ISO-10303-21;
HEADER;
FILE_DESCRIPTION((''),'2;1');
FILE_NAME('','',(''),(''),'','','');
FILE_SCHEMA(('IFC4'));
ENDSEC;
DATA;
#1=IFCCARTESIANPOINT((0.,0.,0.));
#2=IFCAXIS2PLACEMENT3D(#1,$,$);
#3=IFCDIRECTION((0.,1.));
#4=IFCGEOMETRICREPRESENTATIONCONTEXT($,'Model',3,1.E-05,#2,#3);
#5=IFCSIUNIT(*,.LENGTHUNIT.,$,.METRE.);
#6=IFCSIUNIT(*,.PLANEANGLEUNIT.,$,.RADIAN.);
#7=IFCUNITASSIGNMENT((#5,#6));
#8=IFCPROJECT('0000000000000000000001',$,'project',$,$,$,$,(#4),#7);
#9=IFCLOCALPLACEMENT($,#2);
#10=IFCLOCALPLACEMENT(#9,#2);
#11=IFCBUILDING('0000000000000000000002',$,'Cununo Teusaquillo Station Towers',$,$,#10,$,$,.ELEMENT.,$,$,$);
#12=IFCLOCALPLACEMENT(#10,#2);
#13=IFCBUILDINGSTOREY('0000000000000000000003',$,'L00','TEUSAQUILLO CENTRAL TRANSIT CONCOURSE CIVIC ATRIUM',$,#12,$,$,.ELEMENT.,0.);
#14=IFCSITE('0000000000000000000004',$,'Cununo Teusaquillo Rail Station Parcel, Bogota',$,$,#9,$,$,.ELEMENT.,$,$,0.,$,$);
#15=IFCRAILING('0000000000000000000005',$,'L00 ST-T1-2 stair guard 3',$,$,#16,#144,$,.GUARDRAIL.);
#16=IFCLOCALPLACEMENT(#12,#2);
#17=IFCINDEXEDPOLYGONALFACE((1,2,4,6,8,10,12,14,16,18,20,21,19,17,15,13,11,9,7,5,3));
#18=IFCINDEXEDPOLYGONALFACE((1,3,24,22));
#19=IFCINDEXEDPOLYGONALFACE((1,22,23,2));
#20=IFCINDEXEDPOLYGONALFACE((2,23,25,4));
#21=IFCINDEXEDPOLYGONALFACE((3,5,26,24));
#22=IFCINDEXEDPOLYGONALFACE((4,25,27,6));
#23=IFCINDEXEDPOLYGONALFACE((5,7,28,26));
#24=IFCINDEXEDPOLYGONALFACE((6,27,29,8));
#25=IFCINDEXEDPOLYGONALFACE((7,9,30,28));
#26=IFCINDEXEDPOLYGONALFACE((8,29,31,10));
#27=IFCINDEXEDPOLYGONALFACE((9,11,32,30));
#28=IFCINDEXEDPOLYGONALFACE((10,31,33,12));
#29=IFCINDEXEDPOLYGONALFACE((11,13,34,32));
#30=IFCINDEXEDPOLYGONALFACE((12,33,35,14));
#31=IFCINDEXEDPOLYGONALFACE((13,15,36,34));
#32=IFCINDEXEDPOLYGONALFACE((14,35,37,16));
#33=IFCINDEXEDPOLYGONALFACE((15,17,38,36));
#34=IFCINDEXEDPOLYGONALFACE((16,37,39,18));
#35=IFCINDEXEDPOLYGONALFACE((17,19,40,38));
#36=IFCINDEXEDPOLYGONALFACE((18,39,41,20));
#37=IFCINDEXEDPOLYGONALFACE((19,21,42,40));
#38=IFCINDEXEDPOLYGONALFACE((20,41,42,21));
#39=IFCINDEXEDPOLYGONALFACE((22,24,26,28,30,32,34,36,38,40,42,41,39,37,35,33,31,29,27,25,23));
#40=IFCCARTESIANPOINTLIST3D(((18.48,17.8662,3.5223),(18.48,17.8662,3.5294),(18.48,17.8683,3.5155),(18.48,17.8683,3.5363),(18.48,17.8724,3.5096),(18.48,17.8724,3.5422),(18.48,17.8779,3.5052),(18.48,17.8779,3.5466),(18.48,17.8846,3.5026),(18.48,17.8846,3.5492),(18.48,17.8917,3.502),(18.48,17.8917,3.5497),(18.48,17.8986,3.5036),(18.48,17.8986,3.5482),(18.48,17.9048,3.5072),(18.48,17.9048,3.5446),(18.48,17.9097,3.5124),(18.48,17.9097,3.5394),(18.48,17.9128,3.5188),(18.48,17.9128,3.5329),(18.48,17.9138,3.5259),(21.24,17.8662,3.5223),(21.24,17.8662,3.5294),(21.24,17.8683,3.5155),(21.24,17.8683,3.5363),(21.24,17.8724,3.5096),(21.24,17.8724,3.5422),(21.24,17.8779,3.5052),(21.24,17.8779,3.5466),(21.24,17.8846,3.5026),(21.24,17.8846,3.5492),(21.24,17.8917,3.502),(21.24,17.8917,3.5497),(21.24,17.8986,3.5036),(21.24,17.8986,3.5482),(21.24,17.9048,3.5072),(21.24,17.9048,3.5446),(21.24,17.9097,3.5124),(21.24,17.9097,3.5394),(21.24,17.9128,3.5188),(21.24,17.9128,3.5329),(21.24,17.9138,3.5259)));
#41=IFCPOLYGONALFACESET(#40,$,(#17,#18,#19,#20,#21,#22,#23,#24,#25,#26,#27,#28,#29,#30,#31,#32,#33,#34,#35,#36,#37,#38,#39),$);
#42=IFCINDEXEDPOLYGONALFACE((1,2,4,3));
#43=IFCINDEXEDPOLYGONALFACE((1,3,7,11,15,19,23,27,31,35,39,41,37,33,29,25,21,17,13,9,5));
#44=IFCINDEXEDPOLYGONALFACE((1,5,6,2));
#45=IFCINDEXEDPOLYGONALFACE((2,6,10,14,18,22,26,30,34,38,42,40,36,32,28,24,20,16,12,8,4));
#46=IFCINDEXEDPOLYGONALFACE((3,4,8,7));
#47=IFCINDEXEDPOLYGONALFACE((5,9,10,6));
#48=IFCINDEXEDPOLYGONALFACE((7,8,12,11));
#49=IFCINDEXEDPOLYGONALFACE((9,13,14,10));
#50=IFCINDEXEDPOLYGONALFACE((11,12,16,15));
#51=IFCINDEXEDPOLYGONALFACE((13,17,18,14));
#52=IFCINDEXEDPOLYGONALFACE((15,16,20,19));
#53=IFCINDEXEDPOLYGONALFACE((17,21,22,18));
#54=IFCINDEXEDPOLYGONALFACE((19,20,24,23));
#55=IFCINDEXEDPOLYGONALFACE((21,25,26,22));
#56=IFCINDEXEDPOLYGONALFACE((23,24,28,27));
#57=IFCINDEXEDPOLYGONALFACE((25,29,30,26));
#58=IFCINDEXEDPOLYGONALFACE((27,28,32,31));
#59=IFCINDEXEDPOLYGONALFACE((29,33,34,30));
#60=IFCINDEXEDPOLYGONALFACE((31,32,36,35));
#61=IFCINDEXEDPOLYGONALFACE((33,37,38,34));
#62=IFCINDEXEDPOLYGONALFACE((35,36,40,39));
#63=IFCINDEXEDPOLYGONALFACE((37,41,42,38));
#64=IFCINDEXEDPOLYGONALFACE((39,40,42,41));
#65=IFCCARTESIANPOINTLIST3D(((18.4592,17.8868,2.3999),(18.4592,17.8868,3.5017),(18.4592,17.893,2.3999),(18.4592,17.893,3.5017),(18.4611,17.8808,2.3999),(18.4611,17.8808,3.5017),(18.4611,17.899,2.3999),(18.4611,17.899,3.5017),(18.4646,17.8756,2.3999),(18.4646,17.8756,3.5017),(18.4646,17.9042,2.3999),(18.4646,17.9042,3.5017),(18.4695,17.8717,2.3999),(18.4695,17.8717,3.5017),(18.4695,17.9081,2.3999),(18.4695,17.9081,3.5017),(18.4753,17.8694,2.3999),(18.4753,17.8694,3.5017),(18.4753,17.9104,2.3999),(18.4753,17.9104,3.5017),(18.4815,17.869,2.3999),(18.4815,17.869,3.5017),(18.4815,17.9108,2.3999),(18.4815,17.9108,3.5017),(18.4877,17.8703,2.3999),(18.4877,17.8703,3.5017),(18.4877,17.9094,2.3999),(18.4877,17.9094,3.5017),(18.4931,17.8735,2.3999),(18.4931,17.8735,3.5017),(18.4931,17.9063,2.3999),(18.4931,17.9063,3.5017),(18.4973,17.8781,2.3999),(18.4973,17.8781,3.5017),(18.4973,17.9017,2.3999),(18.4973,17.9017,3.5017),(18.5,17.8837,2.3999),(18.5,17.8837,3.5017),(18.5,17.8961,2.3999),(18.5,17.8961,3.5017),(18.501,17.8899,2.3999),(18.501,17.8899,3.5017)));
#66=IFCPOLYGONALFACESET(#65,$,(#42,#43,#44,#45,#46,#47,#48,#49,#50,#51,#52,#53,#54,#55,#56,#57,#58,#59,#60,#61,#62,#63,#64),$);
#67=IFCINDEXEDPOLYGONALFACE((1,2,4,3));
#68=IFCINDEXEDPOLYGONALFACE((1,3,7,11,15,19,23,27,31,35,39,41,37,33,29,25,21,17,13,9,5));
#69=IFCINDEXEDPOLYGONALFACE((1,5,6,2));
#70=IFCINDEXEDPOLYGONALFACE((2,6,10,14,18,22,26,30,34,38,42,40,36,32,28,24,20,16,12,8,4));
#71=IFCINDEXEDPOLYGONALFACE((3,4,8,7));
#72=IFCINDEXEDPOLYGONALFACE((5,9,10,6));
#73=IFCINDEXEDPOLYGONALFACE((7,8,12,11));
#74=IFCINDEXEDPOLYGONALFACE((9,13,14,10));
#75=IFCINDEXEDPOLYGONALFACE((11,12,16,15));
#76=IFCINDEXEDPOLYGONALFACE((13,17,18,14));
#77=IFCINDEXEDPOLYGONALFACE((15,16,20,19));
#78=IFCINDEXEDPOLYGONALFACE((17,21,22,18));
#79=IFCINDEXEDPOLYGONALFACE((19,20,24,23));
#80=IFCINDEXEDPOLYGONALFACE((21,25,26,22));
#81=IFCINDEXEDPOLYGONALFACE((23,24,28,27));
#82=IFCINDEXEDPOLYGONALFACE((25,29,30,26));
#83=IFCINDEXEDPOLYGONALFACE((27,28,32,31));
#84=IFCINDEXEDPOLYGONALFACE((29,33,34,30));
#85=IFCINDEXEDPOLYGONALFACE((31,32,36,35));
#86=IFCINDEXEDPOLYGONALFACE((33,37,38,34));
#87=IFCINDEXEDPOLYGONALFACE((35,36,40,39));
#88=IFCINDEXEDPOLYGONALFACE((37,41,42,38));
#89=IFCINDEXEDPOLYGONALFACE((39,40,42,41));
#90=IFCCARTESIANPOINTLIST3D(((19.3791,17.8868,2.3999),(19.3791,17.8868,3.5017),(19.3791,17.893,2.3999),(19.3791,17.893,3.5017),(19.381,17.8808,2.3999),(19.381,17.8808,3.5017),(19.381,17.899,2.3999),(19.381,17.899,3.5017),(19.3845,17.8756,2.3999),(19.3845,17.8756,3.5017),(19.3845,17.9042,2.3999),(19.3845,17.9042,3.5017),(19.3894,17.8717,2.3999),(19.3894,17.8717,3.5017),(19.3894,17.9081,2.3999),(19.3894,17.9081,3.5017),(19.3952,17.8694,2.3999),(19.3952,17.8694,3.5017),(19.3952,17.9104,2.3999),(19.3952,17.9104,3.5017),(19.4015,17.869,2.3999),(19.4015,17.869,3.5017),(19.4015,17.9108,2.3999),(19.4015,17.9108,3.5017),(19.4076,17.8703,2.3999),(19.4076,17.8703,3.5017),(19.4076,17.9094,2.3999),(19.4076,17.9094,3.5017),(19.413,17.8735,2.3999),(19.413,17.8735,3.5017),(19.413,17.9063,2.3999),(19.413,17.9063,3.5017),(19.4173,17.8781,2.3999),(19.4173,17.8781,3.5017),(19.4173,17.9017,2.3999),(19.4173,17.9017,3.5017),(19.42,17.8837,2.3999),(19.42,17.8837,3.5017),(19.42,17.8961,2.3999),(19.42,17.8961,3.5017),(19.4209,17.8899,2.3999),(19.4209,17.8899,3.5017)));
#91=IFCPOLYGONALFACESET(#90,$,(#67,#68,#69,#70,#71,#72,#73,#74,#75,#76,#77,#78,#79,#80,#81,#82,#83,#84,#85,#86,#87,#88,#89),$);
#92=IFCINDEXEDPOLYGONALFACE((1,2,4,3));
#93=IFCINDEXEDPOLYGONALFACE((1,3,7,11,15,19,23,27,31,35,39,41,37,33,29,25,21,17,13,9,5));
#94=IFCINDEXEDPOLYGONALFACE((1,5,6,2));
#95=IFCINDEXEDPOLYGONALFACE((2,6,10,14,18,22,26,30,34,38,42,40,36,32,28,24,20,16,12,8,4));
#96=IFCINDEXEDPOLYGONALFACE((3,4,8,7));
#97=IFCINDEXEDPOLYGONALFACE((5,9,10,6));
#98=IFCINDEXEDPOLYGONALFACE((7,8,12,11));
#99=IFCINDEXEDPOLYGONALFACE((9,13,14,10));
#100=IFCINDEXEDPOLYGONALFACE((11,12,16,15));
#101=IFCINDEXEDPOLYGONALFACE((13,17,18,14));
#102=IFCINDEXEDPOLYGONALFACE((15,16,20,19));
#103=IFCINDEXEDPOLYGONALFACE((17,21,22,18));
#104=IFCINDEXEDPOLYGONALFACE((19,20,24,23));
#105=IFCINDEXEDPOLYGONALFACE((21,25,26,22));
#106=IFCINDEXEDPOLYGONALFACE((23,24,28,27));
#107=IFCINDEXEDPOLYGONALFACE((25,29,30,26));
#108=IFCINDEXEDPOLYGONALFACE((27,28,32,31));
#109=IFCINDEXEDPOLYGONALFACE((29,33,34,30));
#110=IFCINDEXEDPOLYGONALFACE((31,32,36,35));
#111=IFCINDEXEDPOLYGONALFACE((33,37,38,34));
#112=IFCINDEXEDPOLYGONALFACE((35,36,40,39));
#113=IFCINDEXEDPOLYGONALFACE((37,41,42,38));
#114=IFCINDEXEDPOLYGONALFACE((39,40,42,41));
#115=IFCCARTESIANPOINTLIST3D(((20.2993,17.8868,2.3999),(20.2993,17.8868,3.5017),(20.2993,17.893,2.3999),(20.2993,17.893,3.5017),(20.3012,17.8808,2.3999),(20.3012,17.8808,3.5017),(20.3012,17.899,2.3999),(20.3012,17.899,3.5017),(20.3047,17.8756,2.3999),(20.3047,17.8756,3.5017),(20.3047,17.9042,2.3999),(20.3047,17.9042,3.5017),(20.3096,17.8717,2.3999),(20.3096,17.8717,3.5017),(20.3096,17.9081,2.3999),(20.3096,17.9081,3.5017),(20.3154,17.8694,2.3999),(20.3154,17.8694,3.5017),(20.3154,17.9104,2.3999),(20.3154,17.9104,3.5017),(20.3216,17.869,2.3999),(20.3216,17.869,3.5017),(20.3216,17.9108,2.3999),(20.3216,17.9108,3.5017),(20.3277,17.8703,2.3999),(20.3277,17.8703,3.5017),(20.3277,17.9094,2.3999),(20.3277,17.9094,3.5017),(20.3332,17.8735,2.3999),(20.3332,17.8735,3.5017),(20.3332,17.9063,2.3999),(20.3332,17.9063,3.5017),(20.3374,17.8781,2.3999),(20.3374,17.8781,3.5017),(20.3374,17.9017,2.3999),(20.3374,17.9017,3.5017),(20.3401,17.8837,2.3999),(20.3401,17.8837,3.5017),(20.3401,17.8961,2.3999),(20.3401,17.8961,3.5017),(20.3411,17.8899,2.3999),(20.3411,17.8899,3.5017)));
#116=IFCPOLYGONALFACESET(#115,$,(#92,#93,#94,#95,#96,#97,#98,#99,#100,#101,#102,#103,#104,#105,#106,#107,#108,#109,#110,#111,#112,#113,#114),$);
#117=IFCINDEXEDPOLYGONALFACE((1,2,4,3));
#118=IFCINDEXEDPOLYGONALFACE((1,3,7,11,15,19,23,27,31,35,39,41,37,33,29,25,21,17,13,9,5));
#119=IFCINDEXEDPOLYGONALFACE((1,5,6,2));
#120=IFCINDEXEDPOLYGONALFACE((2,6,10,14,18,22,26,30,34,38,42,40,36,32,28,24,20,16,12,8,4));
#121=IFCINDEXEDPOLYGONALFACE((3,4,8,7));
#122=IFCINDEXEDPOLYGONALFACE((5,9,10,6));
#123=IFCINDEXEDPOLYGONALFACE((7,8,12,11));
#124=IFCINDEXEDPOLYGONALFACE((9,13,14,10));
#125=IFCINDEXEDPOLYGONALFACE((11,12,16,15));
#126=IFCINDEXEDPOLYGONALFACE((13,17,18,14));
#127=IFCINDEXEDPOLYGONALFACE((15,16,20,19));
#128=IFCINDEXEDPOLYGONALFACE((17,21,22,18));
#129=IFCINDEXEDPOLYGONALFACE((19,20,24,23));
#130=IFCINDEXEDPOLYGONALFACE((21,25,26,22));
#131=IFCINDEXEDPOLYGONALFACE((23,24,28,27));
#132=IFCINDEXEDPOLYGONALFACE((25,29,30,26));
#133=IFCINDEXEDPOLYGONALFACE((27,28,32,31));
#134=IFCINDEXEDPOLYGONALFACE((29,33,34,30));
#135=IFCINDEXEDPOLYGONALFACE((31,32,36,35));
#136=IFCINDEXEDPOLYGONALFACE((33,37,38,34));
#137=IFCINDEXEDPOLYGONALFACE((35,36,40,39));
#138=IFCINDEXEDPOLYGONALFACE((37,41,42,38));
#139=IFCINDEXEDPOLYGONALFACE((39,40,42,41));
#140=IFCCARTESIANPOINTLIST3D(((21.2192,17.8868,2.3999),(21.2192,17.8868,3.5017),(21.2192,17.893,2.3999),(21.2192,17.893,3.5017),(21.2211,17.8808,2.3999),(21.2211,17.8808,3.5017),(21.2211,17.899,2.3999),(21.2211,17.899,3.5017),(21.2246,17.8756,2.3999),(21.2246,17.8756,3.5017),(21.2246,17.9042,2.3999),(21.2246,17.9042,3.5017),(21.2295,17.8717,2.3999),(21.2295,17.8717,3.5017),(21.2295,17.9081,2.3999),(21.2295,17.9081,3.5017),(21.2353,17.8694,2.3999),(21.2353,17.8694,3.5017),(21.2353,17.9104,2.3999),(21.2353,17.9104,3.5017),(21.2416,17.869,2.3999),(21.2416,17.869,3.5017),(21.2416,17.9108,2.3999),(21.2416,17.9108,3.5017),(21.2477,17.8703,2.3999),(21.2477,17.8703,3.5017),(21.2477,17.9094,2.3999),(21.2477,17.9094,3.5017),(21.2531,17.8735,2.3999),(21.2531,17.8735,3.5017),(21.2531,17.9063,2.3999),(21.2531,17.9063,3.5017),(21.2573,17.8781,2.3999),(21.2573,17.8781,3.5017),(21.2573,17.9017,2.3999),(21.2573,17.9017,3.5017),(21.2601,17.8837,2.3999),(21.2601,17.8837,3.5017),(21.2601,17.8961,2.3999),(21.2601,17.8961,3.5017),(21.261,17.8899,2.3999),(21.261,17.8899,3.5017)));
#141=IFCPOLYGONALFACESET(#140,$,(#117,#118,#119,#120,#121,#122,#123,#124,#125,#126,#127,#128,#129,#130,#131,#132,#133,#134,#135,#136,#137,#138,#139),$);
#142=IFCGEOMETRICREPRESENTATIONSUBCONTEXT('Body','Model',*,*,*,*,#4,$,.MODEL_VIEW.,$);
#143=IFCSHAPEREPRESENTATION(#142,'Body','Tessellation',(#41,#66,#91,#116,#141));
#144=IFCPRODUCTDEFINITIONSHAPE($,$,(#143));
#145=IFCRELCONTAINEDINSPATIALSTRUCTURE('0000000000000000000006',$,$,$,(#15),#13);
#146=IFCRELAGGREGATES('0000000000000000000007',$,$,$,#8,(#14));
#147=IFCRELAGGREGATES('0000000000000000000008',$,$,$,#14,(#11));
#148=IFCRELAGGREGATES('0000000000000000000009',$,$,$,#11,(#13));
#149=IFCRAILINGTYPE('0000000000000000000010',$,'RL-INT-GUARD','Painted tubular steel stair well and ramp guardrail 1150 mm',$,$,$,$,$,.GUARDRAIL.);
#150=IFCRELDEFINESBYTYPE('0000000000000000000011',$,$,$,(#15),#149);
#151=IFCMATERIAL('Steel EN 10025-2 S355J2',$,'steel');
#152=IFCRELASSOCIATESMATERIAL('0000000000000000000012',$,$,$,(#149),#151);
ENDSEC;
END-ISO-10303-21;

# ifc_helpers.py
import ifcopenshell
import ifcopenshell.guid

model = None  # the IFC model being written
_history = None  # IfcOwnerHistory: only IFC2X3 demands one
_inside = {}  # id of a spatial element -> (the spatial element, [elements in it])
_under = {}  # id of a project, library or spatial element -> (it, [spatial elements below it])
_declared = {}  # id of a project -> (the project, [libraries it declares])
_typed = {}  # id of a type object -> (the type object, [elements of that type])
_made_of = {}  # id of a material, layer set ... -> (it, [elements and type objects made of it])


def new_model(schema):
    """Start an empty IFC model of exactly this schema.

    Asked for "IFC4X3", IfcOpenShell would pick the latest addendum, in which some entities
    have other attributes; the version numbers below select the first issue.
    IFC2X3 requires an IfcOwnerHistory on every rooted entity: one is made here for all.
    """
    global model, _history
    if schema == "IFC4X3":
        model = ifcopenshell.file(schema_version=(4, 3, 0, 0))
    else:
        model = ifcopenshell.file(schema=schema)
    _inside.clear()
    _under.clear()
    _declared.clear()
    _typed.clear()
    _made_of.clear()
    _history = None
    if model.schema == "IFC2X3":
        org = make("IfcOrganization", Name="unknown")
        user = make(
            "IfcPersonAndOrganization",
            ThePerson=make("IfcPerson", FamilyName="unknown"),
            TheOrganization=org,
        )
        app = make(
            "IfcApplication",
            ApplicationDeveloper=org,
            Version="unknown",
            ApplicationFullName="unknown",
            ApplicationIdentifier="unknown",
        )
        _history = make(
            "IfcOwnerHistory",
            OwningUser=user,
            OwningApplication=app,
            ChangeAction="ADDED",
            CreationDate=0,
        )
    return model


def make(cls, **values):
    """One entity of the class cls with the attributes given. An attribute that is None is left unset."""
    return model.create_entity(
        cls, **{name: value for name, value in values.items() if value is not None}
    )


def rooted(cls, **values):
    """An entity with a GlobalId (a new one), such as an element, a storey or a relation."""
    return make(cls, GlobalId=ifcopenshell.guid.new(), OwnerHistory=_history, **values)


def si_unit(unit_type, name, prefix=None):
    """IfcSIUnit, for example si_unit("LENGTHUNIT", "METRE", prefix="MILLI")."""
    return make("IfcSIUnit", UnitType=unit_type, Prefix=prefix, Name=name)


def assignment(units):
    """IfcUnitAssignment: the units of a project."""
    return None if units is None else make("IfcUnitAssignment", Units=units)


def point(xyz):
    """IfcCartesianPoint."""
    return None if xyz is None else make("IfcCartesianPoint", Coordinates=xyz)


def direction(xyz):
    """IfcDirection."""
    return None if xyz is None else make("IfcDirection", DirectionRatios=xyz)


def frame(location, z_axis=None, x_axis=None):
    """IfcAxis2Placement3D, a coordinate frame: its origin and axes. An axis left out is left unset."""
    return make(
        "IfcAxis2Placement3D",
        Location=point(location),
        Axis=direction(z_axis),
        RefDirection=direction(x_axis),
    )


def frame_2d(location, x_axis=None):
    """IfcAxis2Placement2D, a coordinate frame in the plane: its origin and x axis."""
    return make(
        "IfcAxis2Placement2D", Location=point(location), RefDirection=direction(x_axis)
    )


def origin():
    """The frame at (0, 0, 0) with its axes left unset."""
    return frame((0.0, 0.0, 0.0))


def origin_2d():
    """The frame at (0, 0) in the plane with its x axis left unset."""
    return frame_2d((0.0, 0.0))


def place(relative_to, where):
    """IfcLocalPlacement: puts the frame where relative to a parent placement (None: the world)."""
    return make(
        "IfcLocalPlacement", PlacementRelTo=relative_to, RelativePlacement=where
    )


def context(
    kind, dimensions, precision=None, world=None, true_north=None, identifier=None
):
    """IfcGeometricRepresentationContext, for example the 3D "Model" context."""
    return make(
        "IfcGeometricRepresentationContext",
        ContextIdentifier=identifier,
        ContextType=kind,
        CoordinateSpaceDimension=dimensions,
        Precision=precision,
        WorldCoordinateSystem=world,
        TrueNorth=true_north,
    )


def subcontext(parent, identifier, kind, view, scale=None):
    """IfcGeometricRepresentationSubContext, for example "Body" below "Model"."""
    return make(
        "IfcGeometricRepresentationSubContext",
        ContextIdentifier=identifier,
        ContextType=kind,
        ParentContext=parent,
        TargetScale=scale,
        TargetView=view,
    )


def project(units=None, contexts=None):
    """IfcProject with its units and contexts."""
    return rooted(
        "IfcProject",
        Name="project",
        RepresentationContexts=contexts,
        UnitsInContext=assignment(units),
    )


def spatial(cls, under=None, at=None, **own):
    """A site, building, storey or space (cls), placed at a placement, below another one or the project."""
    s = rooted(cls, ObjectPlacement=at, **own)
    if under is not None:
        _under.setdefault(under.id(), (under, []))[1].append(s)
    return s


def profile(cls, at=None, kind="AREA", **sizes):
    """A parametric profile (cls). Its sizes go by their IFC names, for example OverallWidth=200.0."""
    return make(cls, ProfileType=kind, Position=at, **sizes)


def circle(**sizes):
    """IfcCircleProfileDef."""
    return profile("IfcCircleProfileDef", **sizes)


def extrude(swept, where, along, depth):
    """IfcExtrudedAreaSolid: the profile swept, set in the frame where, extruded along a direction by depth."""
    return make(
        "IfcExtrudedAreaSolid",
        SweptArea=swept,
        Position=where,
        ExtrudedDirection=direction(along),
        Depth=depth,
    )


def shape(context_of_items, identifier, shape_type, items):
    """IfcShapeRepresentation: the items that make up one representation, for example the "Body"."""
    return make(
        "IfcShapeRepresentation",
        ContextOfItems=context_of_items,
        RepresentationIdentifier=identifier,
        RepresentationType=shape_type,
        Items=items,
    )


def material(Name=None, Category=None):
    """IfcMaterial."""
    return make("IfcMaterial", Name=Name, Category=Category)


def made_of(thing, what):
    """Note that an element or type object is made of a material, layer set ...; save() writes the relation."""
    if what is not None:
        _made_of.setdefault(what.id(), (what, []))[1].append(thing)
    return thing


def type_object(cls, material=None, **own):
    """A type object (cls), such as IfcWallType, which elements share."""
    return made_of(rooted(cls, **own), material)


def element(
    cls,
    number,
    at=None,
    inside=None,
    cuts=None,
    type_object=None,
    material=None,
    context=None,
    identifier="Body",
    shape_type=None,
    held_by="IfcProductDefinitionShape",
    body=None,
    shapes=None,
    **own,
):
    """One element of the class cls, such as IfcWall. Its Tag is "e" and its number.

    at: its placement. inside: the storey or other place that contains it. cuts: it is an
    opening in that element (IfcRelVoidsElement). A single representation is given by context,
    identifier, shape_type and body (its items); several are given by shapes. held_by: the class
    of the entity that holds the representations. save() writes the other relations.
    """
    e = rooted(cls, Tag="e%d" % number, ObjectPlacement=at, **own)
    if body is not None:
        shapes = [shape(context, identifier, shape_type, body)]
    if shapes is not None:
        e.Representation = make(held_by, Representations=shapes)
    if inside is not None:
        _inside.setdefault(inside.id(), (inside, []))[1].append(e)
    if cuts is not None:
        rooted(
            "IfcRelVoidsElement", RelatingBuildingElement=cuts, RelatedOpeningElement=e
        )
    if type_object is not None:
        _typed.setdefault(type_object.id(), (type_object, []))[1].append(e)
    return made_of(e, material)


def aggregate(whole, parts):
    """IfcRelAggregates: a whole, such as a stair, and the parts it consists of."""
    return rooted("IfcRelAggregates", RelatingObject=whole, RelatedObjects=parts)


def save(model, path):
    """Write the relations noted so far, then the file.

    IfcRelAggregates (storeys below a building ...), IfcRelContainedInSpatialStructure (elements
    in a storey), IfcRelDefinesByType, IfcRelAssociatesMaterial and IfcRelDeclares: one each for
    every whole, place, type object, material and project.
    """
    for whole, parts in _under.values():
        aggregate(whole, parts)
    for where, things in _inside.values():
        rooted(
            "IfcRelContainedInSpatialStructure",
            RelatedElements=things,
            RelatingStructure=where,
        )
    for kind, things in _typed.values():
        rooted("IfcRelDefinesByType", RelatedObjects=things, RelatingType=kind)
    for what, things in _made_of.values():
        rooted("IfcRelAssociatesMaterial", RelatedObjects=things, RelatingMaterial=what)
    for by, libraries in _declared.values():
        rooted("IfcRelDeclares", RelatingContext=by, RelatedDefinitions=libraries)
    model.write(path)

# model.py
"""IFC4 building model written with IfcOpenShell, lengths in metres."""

from ifc_helpers import new_model, si_unit, direction, frame, origin, origin_2d, place, context, subcontext, project, spatial, circle, extrude, material, type_object, element, save


model = new_model("IFC4")

# Units and contexts
model_context = context("Model", 3, precision=1e-05, world=origin(), true_north=direction((0.0, 1.0)))
body_context = subcontext(model_context, "Body", "Model", "MODEL_VIEW")
ifc_project = project(units=[si_unit("LENGTHUNIT", "METRE"), si_unit("PLANEANGLEUNIT", "RADIAN")], contexts=[model_context])

# Site, building, storey
site_placement = place(None, origin())
site = spatial("IfcSite", under=ifc_project, at=site_placement, Name="Cununo Teusaquillo Rail Station Parcel, Bogota", CompositionType="ELEMENT", RefElevation=0.0)
building_placement = place(site_placement, origin())
building = spatial("IfcBuilding", under=site, at=building_placement, Name="Cununo Teusaquillo Station Towers", CompositionType="ELEMENT")
storey_placement = place(building_placement, origin())
storey = spatial("IfcBuildingStorey", under=building, at=storey_placement, Name="L00", Description="TEUSAQUILLO CENTRAL TRANSIT CONCOURSE CIVIC ATRIUM", CompositionType="ELEMENT", Elevation=0.0)

# Railing
ifc_material_1 = material(Name="Steel EN 10025-2 S355J2", Category="steel")
railing_type_1 = type_object("IfcRailingType", Name="RL-INT-GUARD", Description="Painted tubular steel stair well and ramp guardrail 1150 mm", PredefinedType="GUARDRAIL", material=ifc_material_1)
railing_1_placement = place(storey_placement, frame((18.48, 17.8899, 2.3999)))
element("IfcRailing", 1, at=railing_1_placement, inside=storey, type_object=railing_type_1, Name="L00 ST-T1-2 stair guard 3", PredefinedType="GUARDRAIL", context=body_context, shape_type="SweptSolid", body=[
    extrude(circle(Radius=0.0239, at=origin_2d()), frame((0.0, 0.0, 1.126), z_axis=(1.0, 0.0, 0.0), x_axis=(0.0, 1.0, 0.0)), (0.0, 0.0, 1.0), 2.76),
    extrude(circle(Radius=0.021, at=origin_2d()), origin(), (0.0, 0.0, 1.0), 1.1018),
    extrude(circle(Radius=0.021, at=origin_2d()), frame((0.9199, 0.0, 0.0)), (0.0, 0.0, 1.0), 1.1018),
    extrude(circle(Radius=0.021, at=origin_2d()), frame((1.8401, 0.0, 0.0)), (0.0, 0.0, 1.0), 1.1018),
    extrude(circle(Radius=0.021, at=origin_2d()), frame((2.76, 0.0, 0.0)), (0.0, 0.0, 1.0), 1.1018),
])

save(model, "model.ifc")
